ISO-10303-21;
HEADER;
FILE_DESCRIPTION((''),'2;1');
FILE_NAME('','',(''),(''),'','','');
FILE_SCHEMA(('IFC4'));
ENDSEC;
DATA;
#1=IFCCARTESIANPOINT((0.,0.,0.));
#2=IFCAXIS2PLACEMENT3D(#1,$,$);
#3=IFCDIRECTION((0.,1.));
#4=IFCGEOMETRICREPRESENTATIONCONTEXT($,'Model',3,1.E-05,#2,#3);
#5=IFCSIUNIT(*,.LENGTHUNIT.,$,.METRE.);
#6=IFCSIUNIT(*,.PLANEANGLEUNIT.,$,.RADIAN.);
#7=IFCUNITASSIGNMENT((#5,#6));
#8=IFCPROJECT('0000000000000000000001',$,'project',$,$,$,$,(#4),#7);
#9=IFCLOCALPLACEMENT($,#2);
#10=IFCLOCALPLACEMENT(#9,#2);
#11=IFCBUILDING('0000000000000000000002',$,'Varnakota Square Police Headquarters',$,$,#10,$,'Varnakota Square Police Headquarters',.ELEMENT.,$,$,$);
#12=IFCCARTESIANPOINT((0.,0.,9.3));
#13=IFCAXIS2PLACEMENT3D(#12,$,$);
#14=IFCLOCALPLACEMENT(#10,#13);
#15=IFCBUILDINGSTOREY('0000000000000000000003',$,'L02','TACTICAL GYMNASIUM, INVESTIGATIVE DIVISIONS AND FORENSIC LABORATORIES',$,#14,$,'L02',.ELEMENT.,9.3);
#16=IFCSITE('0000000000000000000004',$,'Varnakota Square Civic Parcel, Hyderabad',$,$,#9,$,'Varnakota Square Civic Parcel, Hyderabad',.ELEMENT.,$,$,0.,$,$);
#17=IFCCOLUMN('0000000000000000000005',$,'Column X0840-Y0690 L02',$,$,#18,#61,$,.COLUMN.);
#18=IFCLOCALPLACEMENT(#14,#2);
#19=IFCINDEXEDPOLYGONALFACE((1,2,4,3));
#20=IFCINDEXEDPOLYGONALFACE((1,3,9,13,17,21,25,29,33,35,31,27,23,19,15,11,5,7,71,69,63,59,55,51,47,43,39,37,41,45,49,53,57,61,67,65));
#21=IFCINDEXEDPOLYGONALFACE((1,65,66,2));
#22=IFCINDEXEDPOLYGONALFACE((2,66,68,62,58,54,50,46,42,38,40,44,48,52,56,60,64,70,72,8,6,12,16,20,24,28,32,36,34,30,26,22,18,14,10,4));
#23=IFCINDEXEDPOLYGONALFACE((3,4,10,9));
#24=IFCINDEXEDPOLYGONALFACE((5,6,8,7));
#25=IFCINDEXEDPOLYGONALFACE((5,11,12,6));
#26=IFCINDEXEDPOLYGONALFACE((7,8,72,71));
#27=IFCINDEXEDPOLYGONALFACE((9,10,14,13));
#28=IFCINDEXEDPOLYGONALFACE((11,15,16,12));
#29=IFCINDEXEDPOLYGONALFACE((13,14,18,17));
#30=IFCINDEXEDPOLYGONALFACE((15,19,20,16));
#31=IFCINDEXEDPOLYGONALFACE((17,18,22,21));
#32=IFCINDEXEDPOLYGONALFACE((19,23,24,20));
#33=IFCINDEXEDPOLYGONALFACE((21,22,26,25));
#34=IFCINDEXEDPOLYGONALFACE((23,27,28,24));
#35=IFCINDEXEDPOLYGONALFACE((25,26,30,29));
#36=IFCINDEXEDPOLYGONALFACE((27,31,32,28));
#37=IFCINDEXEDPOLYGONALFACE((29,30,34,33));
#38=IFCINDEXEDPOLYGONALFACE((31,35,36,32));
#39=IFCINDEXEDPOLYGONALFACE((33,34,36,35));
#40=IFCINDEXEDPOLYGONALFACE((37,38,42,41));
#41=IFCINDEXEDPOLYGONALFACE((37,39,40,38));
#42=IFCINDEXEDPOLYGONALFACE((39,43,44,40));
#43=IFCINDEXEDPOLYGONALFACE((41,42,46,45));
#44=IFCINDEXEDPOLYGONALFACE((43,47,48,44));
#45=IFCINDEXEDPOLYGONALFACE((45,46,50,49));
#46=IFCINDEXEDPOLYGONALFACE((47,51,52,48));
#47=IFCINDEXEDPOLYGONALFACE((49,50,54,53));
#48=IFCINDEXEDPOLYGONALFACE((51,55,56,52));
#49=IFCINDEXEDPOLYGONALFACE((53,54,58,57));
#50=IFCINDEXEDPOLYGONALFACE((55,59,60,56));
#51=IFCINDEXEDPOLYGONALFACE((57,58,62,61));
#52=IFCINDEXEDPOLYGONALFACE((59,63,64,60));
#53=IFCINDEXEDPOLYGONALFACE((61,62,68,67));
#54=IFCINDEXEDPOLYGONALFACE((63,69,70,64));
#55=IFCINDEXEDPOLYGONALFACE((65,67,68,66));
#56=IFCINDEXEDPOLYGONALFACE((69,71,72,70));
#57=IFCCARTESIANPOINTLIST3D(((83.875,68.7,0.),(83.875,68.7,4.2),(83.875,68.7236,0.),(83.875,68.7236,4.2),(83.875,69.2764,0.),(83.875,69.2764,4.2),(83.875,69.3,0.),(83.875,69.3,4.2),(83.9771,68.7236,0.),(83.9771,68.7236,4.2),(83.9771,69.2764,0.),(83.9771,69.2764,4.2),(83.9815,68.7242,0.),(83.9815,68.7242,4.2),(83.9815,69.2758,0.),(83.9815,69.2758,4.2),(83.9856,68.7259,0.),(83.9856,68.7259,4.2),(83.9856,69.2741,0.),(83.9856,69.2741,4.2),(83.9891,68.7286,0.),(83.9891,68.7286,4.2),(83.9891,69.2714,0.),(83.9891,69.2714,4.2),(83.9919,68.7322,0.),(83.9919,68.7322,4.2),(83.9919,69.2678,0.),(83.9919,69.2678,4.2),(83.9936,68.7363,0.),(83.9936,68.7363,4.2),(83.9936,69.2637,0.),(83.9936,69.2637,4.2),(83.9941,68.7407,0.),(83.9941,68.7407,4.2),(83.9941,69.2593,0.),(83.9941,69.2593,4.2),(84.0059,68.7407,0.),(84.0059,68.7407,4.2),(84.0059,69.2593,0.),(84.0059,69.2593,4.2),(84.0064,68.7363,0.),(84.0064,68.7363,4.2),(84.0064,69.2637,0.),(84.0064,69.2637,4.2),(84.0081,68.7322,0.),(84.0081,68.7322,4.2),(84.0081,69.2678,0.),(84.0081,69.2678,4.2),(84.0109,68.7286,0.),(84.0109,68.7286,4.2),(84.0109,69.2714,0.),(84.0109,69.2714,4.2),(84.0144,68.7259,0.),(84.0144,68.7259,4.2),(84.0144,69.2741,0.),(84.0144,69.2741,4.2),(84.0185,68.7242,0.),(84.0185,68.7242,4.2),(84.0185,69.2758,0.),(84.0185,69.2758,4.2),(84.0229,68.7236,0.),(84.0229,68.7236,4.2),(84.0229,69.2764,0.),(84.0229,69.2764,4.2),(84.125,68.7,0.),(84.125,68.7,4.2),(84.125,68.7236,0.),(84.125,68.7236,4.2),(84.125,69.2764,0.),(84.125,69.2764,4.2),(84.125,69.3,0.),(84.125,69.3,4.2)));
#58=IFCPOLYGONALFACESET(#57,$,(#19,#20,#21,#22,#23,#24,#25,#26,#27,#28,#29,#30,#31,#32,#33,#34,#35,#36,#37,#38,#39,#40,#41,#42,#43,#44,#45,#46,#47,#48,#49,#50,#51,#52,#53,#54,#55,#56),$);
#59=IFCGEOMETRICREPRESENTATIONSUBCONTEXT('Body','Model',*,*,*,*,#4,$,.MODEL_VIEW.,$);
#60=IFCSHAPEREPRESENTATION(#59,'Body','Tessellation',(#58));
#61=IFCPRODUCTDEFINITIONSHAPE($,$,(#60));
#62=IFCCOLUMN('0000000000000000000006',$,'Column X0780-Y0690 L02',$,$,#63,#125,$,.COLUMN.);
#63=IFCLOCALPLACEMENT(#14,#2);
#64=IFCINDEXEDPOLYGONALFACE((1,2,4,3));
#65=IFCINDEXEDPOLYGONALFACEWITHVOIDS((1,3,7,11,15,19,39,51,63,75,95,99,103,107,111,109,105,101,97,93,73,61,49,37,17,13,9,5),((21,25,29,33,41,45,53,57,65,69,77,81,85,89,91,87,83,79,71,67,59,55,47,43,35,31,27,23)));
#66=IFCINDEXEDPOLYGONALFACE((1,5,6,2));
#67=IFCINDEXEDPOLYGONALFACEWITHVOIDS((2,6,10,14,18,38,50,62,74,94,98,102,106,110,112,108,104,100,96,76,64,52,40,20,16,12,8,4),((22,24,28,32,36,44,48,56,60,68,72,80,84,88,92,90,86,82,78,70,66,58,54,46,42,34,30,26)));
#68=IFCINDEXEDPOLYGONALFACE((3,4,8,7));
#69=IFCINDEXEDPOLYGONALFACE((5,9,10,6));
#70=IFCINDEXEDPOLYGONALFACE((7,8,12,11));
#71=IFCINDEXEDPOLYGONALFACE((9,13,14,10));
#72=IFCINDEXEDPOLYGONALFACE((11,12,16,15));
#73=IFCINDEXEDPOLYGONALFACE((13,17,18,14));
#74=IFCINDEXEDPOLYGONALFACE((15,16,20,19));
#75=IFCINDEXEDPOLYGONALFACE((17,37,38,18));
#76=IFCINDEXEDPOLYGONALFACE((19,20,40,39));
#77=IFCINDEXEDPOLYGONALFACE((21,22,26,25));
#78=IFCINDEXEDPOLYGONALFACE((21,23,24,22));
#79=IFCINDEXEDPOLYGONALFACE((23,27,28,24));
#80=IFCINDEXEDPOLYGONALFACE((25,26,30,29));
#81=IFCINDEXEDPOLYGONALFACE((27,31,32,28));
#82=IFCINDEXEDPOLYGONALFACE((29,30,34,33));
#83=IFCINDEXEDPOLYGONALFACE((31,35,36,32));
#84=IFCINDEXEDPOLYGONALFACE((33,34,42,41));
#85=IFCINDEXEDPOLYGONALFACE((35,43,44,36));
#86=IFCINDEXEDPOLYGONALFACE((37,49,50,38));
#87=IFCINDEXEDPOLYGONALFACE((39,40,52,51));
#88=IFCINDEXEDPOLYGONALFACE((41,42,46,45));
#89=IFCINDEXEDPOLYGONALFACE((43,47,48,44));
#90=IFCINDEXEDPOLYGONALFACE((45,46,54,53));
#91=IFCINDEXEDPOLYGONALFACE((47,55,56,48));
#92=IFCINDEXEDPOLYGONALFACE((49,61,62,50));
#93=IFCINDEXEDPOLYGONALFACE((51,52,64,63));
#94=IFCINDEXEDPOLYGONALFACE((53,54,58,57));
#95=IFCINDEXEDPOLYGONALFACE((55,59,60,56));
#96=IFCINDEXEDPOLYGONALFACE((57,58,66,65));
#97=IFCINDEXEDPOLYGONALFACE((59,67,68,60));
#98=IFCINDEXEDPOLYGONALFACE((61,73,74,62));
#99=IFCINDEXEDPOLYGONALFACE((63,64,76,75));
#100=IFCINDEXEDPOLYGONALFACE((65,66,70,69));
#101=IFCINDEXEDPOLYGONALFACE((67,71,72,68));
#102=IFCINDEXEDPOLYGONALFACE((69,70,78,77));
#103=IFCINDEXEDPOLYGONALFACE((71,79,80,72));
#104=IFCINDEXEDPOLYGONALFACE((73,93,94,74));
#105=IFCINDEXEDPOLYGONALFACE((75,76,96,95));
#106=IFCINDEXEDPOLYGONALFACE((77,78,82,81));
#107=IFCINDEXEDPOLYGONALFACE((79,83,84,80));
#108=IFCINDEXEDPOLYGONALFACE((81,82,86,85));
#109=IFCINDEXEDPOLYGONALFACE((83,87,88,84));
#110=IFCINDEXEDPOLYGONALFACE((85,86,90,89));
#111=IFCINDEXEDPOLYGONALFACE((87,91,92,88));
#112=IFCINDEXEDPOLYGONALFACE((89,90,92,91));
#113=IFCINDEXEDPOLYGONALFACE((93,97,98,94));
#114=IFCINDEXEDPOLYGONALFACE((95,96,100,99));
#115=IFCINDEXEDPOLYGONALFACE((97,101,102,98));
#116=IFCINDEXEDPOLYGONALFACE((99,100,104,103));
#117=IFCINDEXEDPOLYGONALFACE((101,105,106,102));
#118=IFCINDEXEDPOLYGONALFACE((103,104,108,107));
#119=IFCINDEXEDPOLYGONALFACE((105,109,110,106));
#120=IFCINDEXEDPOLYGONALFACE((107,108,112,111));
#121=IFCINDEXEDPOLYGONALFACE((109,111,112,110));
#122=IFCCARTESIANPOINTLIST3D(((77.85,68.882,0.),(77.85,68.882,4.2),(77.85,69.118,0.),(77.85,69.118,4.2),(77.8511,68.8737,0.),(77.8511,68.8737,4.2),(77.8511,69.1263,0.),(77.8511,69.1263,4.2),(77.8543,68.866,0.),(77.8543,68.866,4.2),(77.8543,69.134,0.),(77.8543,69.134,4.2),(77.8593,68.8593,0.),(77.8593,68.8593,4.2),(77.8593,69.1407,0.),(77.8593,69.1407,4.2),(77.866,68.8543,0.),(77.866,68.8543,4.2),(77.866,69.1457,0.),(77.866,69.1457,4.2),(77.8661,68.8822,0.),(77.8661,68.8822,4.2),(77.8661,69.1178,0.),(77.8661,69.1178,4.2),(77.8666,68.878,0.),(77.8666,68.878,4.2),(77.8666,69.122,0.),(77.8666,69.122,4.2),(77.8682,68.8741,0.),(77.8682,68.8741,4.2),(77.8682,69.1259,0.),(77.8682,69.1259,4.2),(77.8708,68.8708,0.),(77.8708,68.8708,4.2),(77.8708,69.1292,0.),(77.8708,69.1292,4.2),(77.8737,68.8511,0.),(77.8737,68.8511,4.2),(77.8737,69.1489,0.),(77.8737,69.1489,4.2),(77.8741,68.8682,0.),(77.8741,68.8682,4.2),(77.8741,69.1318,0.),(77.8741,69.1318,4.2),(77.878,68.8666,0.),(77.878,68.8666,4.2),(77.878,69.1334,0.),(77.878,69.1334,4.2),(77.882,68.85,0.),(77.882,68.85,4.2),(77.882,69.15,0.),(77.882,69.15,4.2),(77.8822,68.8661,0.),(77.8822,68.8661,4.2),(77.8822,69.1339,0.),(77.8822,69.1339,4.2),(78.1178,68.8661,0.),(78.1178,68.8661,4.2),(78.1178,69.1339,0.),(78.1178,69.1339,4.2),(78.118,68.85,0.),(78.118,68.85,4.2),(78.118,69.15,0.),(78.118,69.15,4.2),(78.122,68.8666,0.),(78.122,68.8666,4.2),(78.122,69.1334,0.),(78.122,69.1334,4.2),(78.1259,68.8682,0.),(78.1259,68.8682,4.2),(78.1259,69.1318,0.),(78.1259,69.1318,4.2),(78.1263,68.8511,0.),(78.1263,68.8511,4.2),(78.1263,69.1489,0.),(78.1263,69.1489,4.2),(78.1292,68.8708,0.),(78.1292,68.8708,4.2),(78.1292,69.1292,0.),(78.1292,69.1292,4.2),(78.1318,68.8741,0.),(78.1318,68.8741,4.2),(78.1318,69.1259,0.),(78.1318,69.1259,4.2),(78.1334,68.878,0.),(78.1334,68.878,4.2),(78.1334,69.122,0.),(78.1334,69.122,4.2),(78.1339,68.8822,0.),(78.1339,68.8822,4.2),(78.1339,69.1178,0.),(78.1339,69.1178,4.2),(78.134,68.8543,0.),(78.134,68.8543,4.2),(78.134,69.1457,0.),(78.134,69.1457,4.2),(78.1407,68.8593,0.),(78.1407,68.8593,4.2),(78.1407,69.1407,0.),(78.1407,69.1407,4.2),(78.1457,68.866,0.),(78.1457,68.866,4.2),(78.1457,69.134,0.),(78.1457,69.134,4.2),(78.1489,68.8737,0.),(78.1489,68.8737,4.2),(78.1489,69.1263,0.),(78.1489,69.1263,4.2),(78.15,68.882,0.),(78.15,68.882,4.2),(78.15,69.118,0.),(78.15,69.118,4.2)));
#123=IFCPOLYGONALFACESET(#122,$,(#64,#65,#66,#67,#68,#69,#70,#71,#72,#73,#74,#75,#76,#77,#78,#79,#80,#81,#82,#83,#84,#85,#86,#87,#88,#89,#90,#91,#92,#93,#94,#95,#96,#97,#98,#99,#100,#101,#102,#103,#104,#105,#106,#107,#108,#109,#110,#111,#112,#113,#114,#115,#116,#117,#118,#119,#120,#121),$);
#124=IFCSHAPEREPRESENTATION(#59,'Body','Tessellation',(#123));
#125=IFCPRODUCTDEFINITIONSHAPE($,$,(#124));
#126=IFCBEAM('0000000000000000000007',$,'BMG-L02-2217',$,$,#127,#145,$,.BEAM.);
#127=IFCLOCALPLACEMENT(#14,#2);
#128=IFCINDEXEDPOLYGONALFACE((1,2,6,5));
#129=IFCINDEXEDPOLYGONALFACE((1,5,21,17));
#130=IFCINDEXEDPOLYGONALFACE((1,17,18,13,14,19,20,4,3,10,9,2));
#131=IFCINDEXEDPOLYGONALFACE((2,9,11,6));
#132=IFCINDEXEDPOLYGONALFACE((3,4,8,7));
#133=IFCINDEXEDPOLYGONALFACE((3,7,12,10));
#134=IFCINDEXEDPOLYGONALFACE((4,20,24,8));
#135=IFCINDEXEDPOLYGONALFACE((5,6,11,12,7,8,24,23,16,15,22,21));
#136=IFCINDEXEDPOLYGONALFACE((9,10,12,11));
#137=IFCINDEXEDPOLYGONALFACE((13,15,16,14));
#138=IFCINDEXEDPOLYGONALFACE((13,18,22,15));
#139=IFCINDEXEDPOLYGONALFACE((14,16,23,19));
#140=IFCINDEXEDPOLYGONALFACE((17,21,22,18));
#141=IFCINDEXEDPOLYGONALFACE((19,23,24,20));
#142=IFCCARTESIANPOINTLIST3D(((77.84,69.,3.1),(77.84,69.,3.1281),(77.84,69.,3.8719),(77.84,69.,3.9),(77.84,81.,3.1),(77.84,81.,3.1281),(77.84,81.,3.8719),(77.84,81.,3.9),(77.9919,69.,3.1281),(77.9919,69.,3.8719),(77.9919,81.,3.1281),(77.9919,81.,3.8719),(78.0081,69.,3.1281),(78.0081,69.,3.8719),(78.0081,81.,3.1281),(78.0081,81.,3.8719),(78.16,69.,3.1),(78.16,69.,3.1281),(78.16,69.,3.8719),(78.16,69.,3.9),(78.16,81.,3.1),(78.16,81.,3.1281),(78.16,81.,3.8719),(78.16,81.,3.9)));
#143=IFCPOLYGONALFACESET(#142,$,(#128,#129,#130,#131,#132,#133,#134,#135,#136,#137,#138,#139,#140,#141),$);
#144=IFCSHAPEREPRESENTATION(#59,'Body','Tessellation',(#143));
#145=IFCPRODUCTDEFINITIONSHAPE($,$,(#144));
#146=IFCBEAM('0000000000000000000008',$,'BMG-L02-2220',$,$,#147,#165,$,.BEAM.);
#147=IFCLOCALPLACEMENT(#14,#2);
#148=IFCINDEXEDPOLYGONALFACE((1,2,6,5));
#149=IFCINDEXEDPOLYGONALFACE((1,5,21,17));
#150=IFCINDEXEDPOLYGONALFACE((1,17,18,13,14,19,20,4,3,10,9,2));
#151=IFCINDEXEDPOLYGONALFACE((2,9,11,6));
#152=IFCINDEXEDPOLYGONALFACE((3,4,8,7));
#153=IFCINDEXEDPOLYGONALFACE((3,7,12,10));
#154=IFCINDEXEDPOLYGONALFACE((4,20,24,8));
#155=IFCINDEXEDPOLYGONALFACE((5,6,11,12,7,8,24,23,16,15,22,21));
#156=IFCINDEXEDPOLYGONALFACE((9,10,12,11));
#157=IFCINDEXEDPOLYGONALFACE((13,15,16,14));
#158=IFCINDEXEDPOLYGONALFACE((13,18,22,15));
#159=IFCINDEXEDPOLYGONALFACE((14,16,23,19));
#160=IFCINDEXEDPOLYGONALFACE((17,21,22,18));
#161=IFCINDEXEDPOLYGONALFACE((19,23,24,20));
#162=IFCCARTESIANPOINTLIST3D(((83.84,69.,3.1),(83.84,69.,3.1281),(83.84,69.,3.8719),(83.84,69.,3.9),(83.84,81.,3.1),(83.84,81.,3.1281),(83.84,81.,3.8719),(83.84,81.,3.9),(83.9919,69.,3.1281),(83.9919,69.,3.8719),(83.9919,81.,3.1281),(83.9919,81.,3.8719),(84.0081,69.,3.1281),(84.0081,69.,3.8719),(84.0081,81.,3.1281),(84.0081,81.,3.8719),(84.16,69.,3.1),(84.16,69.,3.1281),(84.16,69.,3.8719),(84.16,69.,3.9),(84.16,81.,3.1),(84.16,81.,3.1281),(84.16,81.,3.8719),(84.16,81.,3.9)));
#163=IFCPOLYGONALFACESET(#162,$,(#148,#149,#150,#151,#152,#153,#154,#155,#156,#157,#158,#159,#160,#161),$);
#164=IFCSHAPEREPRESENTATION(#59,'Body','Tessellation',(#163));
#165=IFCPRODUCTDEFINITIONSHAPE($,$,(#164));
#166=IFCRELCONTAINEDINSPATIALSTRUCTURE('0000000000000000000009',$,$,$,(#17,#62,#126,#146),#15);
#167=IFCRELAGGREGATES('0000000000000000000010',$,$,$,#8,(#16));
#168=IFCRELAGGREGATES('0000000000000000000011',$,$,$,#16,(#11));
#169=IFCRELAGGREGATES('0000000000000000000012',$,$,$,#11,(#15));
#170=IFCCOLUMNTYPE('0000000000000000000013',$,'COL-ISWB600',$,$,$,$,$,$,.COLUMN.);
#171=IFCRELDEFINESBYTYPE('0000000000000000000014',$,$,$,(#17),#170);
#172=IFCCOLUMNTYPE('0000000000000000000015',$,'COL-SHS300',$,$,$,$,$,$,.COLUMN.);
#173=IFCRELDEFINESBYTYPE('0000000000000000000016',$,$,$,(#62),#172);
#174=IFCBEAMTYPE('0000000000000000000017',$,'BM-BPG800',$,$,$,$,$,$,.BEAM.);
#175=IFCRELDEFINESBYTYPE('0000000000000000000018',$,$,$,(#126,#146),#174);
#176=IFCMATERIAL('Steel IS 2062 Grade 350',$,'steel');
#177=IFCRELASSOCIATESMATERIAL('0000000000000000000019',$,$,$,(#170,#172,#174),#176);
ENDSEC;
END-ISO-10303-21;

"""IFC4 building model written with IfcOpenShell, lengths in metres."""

from ifc_helpers import new_model, si_unit, direction, frame, origin, origin_2d, place, context, subcontext, project, spatial, hollow_rectangle, i_section, extrude, material, material_profile, profile_set, type_object, element, save


model = new_model("IFC4")

# Units and contexts
model_context = context("Model", 3, precision=1e-05, world=origin(), true_north=direction((0.0, 1.0)))
body_context = subcontext(model_context, "Body", "Model", "MODEL_VIEW")
ifc_project = project(units=[si_unit("LENGTHUNIT", "METRE"), si_unit("PLANEANGLEUNIT", "RADIAN")], contexts=[model_context])

# Site, building, storey
site_placement = place(None, origin())
site = spatial("IfcSite", under=ifc_project, at=site_placement, Name="Varnakota Square Civic Parcel, Hyderabad", LongName="Varnakota Square Civic Parcel, Hyderabad", CompositionType="ELEMENT", RefElevation=0.0)
building_placement = place(site_placement, origin())
building = spatial("IfcBuilding", under=site, at=building_placement, Name="Varnakota Square Police Headquarters", LongName="Varnakota Square Police Headquarters", CompositionType="ELEMENT")
storey_placement = place(building_placement, frame((0.0, 0.0, 9.3)))
storey = spatial("IfcBuildingStorey", under=building, at=storey_placement, Name="L02", Description="TACTICAL GYMNASIUM, INVESTIGATIVE DIVISIONS AND FORENSIC LABORATORIES", LongName="L02", CompositionType="ELEMENT", Elevation=9.3)

# Columns
ifc_material_1 = material(Name="Steel IS 2062 Grade 350", Category="steel")
ifc_material_profile_1 = material_profile(ifc_material_1, i_section(OverallWidth=0.25, OverallDepth=0.6001, WebThickness=0.0117, FlangeThickness=0.0237, FilletRadius=0.0171, at=origin_2d()), Name="ISWB 600")
ifc_profile_set_1 = profile_set([ifc_material_profile_1], Name="Steel IS 2062 Grade 350")
column_type_1 = type_object("IfcColumnType", Name="COL-ISWB600", PredefinedType="COLUMN", material=ifc_profile_set_1)
column_1_placement = place(storey_placement, frame((84.0, 69.0, 0.0), z_axis=(0.0, 0.0, 1.0), x_axis=(1.0, 0.0, 0.0)))
element("IfcColumn", 1, at=column_1_placement, inside=storey, type_object=column_type_1, Name="Column X0840-Y0690 L02", PredefinedType="COLUMN", context=body_context, shape_type="SweptSolid", body=[
    extrude(i_section(OverallWidth=0.25, OverallDepth=0.6001, WebThickness=0.0117, FlangeThickness=0.0237, FilletRadius=0.0171, at=origin_2d()), origin(), (0.0, 0.0, 1.0), 4.2),
])
ifc_material_profile_2 = material_profile(ifc_material_1, hollow_rectangle(XDim=0.3, YDim=0.3, WallThickness=0.0161, InnerFilletRadius=0.0161, OuterFilletRadius=0.032, at=origin_2d()), Name="SHS 300x300x16")
ifc_profile_set_2 = profile_set([ifc_material_profile_2], Name="Steel IS 2062 Grade 350")
column_type_2 = type_object("IfcColumnType", Name="COL-SHS300", PredefinedType="COLUMN", material=ifc_profile_set_2)
column_2_placement = place(storey_placement, frame((78.0, 69.0, 0.0), z_axis=(0.0, 0.0, 1.0), x_axis=(1.0, 0.0, 0.0)))
element("IfcColumn", 2, at=column_2_placement, inside=storey, type_object=column_type_2, Name="Column X0780-Y0690 L02", PredefinedType="COLUMN", context=body_context, shape_type="SweptSolid", body=[
    extrude(hollow_rectangle(XDim=0.3, YDim=0.3, WallThickness=0.0161, InnerFilletRadius=0.0161, OuterFilletRadius=0.032, at=origin_2d()), origin(), (0.0, 0.0, 1.0), 4.2),
])

# Beams
ifc_material_profile_3 = material_profile(ifc_material_1, i_section(OverallWidth=0.3201, OverallDepth=0.8, WebThickness=0.0161, FlangeThickness=0.0281, at=origin_2d()), Name="BPG 800x320")
ifc_profile_set_3 = profile_set([ifc_material_profile_3], Name="Steel IS 2062 Grade 350")
beam_type_1 = type_object("IfcBeamType", Name="BM-BPG800", PredefinedType="BEAM", material=ifc_profile_set_3)
for number, where, z_axis, x_axis, name in (
    (3, (78.0, 69.0, 3.5), (0.0, 1.0, 0.0), (-1.0, 0.0, 0.0), "BMG-L02-2217"),
    (4, (84.0, 69.0, 3.5), (0.0, 1.0, 0.0), (-1.0, 0.0, 0.0), "BMG-L02-2220"),
):
    element("IfcBeam", number, at=place(storey_placement, frame(where, z_axis=z_axis, x_axis=x_axis)), inside=storey, type_object=beam_type_1, Name=name, PredefinedType="BEAM", context=body_context, shape_type="SweptSolid", body=[
        extrude(i_section(OverallWidth=0.3201, OverallDepth=0.8, WebThickness=0.0161, FlangeThickness=0.0281, at=origin_2d()), origin(), (0.0, 0.0, 1.0), 12.0),
    ])

save(model, "model.ifc")
